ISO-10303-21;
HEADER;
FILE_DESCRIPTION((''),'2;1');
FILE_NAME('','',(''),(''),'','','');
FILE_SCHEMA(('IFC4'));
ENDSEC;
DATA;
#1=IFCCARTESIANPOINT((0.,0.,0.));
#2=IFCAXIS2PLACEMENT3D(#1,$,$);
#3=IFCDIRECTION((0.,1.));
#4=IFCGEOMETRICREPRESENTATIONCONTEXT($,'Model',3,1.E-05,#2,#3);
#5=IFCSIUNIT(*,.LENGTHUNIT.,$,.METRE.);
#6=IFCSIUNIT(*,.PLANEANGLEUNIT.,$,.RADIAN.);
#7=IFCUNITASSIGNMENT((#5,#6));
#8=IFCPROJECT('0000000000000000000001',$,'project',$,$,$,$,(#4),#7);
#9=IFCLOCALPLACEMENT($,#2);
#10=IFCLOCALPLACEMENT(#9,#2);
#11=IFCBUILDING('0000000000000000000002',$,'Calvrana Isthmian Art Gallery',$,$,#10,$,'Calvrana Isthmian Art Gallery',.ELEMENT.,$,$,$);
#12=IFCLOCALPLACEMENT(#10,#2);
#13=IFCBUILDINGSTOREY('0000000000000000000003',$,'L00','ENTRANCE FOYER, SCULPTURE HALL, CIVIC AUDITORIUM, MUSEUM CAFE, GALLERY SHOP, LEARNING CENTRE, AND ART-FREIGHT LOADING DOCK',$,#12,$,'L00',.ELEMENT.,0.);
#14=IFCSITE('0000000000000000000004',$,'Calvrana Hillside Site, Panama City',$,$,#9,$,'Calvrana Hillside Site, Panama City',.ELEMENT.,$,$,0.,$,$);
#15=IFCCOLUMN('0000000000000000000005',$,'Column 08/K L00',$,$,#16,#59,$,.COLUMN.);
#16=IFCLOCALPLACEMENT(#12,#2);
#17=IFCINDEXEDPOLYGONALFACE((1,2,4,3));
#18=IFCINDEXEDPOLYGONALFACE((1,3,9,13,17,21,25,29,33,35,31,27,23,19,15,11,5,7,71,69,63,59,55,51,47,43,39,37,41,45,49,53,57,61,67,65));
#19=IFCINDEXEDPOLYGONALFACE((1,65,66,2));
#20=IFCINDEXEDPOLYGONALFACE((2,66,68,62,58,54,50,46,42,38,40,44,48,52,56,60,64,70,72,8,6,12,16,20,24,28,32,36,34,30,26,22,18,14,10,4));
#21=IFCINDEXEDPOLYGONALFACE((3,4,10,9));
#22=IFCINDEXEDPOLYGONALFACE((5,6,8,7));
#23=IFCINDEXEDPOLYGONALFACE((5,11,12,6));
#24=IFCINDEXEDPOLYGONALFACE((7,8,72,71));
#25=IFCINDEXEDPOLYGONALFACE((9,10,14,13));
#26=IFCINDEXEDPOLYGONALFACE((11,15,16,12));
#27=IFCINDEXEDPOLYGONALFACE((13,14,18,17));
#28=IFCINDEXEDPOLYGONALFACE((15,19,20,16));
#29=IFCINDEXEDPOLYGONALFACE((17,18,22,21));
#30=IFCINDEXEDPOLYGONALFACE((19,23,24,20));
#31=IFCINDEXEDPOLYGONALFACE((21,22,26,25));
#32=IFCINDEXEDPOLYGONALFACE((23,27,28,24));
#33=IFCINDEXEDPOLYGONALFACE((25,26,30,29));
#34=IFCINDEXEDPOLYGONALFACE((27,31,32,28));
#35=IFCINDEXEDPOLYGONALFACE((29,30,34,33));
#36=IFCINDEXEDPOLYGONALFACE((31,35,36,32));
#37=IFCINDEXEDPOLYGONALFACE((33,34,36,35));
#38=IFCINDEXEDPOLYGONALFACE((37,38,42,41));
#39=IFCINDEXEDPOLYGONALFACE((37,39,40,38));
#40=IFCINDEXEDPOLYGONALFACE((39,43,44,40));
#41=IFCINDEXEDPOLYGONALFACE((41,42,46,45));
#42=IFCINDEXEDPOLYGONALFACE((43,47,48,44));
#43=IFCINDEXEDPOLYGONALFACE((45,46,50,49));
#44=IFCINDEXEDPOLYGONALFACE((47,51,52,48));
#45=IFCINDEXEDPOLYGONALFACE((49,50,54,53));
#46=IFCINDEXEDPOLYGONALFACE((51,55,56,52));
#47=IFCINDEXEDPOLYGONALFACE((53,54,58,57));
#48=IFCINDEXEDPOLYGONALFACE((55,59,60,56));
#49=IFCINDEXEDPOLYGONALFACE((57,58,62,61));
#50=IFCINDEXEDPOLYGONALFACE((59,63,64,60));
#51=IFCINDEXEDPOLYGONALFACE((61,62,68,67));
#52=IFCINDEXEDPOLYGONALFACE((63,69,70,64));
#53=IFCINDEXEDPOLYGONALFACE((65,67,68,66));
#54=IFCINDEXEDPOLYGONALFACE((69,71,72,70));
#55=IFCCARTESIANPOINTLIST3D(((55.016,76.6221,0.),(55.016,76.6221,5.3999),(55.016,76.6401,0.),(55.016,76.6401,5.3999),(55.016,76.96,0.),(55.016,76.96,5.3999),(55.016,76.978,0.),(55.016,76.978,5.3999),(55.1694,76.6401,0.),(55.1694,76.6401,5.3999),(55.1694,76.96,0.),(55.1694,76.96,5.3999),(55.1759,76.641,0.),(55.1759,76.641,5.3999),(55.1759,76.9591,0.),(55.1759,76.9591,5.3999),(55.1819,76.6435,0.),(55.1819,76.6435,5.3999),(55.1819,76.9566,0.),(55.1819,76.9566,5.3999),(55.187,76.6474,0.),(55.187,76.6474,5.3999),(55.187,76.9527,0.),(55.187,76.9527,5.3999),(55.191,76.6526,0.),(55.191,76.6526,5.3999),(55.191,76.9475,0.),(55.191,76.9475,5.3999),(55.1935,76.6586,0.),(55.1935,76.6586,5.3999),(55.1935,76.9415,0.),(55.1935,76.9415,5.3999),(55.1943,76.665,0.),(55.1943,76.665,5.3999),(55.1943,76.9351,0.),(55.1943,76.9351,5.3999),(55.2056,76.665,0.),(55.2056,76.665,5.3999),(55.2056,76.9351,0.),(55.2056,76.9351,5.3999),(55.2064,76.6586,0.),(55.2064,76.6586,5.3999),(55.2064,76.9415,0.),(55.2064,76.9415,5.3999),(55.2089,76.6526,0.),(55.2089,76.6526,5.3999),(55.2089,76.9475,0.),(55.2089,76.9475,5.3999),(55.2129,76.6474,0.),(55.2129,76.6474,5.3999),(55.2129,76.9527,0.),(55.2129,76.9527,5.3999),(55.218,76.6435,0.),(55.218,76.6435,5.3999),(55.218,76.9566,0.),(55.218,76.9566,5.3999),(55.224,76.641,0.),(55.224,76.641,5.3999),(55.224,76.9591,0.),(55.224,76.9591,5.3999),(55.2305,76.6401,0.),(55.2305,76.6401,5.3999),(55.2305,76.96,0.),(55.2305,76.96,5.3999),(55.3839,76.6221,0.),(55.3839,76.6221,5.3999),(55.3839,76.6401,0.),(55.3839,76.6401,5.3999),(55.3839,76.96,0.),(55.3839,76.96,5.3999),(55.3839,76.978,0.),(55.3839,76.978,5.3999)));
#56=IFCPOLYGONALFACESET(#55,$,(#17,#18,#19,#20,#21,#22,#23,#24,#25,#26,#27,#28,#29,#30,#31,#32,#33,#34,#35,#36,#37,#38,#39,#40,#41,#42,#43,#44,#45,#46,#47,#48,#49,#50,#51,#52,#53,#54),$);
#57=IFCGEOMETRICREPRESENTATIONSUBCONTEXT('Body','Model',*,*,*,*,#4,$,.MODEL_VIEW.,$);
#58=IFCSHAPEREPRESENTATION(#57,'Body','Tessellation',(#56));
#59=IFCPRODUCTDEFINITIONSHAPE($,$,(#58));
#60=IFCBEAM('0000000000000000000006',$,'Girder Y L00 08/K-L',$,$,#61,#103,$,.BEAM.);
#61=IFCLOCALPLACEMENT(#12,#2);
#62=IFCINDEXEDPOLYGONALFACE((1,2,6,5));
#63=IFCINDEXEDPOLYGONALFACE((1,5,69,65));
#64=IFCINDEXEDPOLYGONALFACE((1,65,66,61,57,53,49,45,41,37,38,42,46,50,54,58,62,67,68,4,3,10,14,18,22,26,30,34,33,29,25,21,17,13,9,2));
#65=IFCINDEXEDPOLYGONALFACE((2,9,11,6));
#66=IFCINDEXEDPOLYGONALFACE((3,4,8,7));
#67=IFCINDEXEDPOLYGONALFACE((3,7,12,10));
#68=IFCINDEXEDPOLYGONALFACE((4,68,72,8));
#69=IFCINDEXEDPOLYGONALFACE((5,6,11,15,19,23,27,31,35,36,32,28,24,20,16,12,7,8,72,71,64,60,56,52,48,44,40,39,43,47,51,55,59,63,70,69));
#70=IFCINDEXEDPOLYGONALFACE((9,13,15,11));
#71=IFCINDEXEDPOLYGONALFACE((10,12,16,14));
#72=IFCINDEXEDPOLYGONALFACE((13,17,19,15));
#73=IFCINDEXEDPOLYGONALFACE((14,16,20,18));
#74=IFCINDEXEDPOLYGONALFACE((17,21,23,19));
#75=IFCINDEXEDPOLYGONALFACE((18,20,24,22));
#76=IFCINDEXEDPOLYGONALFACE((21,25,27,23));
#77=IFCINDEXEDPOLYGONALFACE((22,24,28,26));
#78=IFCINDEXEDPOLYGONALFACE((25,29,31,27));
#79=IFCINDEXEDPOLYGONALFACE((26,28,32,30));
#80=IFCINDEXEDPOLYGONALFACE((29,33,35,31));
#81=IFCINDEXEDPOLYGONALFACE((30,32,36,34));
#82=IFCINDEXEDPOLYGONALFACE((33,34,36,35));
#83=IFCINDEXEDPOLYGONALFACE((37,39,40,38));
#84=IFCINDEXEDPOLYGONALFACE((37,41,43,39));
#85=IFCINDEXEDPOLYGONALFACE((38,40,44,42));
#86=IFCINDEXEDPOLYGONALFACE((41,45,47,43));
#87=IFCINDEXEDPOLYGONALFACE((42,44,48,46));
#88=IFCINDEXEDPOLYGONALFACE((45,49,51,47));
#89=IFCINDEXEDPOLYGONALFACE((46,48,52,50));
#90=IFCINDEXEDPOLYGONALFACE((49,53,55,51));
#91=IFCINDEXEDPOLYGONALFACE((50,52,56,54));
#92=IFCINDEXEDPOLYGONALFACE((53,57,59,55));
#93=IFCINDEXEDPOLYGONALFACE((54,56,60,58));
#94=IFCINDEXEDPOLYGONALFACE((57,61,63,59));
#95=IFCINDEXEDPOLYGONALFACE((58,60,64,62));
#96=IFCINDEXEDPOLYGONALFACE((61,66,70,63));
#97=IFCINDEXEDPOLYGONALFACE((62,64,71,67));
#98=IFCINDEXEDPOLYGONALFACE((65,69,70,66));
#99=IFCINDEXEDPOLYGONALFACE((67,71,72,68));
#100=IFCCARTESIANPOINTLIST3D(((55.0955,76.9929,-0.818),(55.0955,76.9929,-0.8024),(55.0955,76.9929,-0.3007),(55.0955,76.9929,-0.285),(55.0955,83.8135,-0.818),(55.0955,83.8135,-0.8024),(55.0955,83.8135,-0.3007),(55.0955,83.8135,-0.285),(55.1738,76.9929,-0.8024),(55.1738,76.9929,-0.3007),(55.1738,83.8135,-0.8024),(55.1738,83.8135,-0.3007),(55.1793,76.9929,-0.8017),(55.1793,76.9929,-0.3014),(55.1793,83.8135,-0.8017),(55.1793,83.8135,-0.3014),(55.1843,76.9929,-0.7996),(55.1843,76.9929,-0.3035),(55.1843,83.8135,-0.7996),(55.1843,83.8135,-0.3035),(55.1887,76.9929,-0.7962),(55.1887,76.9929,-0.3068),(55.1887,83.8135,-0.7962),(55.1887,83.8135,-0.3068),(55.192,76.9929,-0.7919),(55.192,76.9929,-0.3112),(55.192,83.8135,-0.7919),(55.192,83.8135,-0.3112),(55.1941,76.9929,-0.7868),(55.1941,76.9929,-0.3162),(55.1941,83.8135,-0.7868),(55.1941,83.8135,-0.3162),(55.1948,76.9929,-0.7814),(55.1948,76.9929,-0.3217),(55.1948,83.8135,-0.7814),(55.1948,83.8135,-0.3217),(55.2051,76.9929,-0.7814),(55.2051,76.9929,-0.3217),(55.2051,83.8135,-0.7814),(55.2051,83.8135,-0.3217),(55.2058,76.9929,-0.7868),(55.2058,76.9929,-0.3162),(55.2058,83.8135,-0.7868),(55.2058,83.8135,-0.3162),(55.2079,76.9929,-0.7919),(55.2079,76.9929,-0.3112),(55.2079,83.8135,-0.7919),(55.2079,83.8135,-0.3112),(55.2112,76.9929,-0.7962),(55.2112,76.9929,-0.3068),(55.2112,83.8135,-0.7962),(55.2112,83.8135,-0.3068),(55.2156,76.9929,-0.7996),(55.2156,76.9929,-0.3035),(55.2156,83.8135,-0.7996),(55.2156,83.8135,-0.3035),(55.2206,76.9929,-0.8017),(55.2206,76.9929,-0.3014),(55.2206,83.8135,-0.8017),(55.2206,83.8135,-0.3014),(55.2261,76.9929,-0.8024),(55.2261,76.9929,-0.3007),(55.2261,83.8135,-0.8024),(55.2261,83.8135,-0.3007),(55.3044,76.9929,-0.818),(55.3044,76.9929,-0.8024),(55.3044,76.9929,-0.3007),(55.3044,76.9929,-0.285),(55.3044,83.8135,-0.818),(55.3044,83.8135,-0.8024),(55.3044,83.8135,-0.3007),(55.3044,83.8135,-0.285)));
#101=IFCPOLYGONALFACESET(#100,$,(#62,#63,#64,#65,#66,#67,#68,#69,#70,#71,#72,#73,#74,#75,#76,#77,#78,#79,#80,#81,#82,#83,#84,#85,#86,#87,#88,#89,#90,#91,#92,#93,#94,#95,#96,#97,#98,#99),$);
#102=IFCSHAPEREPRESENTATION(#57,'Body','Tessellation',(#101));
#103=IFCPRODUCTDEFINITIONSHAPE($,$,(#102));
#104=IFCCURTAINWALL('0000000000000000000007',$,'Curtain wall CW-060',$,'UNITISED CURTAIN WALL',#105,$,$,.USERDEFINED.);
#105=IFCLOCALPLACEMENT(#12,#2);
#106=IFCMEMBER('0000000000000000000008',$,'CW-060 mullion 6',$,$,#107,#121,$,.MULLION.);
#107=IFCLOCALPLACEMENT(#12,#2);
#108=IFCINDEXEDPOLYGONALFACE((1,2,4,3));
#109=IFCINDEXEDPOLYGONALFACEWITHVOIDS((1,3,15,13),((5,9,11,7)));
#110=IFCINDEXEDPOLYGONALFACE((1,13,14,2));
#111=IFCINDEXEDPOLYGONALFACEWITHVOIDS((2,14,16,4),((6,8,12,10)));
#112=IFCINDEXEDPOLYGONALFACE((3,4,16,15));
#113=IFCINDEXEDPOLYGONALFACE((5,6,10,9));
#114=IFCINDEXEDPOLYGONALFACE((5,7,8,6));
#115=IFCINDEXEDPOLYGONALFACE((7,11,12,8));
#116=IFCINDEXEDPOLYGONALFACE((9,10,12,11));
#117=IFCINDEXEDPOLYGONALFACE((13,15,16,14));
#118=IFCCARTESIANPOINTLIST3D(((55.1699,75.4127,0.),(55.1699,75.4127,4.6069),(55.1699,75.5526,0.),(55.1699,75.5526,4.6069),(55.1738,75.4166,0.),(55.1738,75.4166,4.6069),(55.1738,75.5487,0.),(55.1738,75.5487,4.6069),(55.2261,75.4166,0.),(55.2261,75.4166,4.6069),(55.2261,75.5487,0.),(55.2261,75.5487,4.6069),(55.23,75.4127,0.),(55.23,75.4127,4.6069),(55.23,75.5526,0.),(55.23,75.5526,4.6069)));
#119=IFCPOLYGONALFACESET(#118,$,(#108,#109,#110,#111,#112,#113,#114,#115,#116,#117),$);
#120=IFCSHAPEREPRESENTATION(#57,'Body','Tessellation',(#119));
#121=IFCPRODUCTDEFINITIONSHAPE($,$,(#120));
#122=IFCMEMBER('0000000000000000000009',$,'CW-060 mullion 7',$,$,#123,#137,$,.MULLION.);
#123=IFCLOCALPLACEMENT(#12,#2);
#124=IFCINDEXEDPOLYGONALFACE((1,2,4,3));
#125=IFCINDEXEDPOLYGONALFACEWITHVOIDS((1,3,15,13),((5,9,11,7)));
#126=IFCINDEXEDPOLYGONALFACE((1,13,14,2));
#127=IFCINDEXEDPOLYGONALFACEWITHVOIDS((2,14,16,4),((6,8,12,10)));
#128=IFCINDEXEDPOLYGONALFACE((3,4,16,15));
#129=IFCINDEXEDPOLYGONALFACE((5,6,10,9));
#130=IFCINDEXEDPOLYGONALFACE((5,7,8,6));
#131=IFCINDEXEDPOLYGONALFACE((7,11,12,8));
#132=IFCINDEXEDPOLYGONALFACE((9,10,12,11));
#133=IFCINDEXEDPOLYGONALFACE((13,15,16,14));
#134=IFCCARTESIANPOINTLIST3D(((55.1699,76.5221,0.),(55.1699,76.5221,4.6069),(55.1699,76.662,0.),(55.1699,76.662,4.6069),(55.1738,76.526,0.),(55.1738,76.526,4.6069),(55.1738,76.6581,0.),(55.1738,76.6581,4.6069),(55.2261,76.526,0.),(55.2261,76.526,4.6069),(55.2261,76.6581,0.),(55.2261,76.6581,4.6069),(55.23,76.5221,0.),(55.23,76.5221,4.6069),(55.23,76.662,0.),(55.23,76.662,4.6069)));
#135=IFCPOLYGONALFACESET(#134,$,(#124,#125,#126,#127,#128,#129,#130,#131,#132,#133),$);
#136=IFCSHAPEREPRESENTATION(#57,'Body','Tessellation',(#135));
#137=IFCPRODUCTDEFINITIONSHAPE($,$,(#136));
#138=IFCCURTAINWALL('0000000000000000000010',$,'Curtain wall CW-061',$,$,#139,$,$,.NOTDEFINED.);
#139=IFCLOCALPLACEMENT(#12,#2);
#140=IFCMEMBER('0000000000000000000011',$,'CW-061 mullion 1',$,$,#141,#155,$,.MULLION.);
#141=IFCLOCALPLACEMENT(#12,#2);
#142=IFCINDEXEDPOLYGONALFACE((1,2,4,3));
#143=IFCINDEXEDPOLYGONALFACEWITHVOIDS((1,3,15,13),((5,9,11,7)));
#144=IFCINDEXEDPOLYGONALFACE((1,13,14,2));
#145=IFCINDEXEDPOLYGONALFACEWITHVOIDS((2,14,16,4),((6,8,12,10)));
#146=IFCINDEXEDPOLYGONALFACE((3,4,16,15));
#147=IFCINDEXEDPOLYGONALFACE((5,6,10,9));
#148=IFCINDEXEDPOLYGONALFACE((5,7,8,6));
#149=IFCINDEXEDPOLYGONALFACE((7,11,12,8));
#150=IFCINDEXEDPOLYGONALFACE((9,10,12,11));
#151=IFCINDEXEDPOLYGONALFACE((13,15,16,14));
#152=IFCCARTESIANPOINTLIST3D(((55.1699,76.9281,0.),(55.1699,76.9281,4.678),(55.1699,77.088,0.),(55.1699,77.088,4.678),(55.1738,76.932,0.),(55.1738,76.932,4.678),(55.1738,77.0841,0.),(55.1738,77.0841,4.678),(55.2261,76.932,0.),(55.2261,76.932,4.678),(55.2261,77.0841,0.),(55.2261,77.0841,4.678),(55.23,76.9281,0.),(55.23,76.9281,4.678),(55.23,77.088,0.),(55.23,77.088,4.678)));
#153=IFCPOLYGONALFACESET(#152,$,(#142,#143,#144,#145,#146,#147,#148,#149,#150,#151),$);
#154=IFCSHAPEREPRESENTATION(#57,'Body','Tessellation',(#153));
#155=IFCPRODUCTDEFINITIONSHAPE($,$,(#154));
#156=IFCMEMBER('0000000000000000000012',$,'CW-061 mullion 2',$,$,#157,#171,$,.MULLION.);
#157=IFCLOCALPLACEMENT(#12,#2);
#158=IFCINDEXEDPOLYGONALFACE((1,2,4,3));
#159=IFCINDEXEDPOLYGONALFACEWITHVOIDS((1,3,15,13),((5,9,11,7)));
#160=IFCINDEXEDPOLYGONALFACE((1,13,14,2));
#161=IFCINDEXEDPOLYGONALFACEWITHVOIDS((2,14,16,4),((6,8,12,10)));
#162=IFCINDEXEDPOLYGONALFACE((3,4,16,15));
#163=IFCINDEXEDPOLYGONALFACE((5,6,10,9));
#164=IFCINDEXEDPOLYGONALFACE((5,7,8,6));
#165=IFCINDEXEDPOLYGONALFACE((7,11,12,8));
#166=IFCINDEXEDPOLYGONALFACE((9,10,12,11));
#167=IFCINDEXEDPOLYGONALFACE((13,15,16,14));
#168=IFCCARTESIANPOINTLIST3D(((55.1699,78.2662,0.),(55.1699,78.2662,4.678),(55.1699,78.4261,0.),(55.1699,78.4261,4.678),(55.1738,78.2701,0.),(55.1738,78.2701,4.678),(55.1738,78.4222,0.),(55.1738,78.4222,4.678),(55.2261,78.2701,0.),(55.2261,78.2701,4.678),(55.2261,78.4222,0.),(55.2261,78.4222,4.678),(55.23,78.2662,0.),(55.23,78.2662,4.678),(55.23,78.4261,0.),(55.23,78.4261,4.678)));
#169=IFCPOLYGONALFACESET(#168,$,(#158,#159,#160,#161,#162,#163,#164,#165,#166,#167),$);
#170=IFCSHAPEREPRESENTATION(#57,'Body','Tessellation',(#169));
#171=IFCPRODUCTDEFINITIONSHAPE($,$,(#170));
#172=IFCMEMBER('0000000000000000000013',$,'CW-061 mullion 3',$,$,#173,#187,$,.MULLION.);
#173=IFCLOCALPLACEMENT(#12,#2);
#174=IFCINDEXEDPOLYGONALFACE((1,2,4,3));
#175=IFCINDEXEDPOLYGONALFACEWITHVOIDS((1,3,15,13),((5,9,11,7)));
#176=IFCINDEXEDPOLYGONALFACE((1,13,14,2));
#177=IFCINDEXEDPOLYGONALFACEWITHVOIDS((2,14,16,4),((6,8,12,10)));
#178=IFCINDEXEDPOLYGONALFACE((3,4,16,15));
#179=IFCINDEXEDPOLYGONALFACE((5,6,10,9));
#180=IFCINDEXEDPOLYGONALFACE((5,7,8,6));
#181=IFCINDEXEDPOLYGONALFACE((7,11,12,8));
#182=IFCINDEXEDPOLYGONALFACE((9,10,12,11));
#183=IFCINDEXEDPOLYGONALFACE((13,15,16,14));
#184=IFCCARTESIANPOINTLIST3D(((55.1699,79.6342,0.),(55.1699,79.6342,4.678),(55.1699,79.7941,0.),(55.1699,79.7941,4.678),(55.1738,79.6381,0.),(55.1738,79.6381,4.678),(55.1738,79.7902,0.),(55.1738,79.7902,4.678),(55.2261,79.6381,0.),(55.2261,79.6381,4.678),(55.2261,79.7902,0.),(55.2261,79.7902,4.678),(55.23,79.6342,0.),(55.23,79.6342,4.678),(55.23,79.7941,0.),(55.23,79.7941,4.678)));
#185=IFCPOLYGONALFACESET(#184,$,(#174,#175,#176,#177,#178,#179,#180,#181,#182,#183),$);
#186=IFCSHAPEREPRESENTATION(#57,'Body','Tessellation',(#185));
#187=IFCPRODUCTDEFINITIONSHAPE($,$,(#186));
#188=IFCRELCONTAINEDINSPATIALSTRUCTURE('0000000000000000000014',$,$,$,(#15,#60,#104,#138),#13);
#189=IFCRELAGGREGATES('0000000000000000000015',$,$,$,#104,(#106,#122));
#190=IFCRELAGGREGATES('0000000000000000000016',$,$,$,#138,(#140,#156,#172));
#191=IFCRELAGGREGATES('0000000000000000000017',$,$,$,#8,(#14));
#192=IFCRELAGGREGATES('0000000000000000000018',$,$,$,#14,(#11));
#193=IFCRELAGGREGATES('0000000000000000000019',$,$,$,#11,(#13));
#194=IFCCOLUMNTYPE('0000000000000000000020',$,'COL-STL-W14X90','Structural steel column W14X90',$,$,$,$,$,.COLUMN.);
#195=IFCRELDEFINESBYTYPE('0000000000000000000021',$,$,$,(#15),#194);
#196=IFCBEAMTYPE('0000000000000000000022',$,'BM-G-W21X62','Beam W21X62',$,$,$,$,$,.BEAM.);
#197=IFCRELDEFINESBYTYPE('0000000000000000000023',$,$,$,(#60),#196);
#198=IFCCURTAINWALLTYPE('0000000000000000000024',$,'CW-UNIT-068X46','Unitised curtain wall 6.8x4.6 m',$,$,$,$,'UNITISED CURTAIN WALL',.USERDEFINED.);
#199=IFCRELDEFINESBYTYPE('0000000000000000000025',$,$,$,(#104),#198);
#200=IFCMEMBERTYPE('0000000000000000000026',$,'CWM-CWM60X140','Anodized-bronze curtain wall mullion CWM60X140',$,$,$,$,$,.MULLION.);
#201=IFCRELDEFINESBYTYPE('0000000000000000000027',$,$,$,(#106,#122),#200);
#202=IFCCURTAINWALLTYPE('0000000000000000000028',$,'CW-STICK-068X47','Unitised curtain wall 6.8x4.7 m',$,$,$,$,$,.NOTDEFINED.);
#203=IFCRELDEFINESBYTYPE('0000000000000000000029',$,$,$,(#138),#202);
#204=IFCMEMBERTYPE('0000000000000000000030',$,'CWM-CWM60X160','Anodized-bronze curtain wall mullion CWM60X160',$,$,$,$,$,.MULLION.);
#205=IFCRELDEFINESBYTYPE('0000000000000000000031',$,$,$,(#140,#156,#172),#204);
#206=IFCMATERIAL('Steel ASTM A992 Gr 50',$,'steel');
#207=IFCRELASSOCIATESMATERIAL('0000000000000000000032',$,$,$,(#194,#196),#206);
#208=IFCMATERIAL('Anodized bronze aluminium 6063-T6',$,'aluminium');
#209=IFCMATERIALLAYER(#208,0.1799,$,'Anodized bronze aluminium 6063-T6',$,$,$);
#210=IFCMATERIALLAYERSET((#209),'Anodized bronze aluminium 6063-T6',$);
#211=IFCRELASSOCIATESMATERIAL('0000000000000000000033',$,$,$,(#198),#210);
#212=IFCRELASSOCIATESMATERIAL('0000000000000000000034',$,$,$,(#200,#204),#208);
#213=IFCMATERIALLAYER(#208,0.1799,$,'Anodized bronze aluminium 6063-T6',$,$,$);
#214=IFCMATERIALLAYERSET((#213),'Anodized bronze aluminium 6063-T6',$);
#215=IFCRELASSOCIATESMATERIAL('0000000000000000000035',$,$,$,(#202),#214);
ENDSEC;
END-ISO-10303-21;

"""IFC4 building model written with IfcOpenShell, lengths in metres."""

from ifc_helpers import new_model, si_unit, direction, frame, origin, origin_2d, place, context, subcontext, project, spatial, hollow_rectangle, i_section, extrude, material, layer, layer_set, material_profile, profile_set, type_object, element, aggregate, save


model = new_model("IFC4")

# Units and contexts
model_context = context("Model", 3, precision=1e-05, world=origin(), true_north=direction((0.0, 1.0)))
body_context = subcontext(model_context, "Body", "Model", "MODEL_VIEW")
ifc_project = project(units=[si_unit("LENGTHUNIT", "METRE"), si_unit("PLANEANGLEUNIT", "RADIAN")], contexts=[model_context])

# Site, building, storey
site_placement = place(None, origin())
site = spatial("IfcSite", under=ifc_project, at=site_placement, Name="Calvrana Hillside Site, Panama City", LongName="Calvrana Hillside Site, Panama City", CompositionType="ELEMENT", RefElevation=0.0)
building_placement = place(site_placement, origin())
building = spatial("IfcBuilding", under=site, at=building_placement, Name="Calvrana Isthmian Art Gallery", LongName="Calvrana Isthmian Art Gallery", CompositionType="ELEMENT")
storey_placement = place(building_placement, origin())
storey = spatial("IfcBuildingStorey", under=building, at=storey_placement, Name="L00", Description="ENTRANCE FOYER, SCULPTURE HALL, CIVIC AUDITORIUM, MUSEUM CAFE, GALLERY SHOP, LEARNING CENTRE, AND ART-FREIGHT LOADING DOCK", LongName="L00", CompositionType="ELEMENT", Elevation=0.0)

# Column
ifc_material_1 = material(Name="Steel ASTM A992 Gr 50", Category="steel")
ifc_material_profile_1 = material_profile(ifc_material_1, i_section(OverallWidth=0.3679, OverallDepth=0.356, WebThickness=0.0112, FlangeThickness=0.0181, FilletRadius=0.0249, at=origin_2d()), Name="W14X90")
ifc_profile_set_1 = profile_set([ifc_material_profile_1], Name="Steel ASTM A992 Gr 50")
column_type = type_object("IfcColumnType", Name="COL-STL-W14X90", Description="Structural steel column W14X90", PredefinedType="COLUMN", material=ifc_profile_set_1)
column_placement = place(storey_placement, frame((55.2, 76.8, 0.0), z_axis=(0.0, 0.0, 1.0), x_axis=(1.0, 0.0, 0.0)))
element("IfcColumn", 1, at=column_placement, inside=storey, type_object=column_type, Name="Column 08/K L00", PredefinedType="COLUMN", context=body_context, shape_type="SweptSolid", body=[
    extrude(i_section(OverallWidth=0.3679, OverallDepth=0.356, WebThickness=0.0112, FlangeThickness=0.0181, FilletRadius=0.0249, at=origin_2d()), origin(), (0.0, 0.0, 1.0), 5.3999),
])

# Beam
ifc_material_profile_2 = material_profile(ifc_material_1, i_section(OverallWidth=0.209, OverallDepth=0.533, WebThickness=0.0103, FlangeThickness=0.0156, FilletRadius=0.021, at=origin_2d()), Name="W21X62")
ifc_profile_set_2 = profile_set([ifc_material_profile_2], Name="Steel ASTM A992 Gr 50")
beam_type = type_object("IfcBeamType", Name="BM-G-W21X62", Description="Beam W21X62", PredefinedType="BEAM", material=ifc_profile_set_2)
beam_placement = place(storey_placement, frame((55.2, 76.9929, -0.5515), z_axis=(0.0, 1.0, 0.0), x_axis=(-1.0, 0.0, 0.0)))
element("IfcBeam", 2, at=beam_placement, inside=storey, type_object=beam_type, Name="Girder Y L00 08/K-L", PredefinedType="BEAM", context=body_context, shape_type="SweptSolid", body=[
    extrude(i_section(OverallWidth=0.209, OverallDepth=0.533, WebThickness=0.0103, FlangeThickness=0.0156, FilletRadius=0.021, at=origin_2d()), origin(), (0.0, 0.0, 1.0), 6.8206),
])

# Curtain walls, members
ifc_material_2 = material(Name="Anodized bronze aluminium 6063-T6", Category="aluminium")
ifc_layer_1 = layer(ifc_material_2, 0.1799, Name="Anodized bronze aluminium 6063-T6")
ifc_layer_set_1 = layer_set([ifc_layer_1], Name="Anodized bronze aluminium 6063-T6")
curtain_wall_type_1 = type_object("IfcCurtainWallType", Name="CW-UNIT-068X46", Description="Unitised curtain wall 6.8x4.6 m", ElementType="UNITISED CURTAIN WALL", PredefinedType="USERDEFINED", material=ifc_layer_set_1)
curtain_wall_1_placement = place(storey_placement, origin())
curtain_wall_1 = element("IfcCurtainWall", 3, at=curtain_wall_1_placement, inside=storey, type_object=curtain_wall_type_1, Name="Curtain wall CW-060", ObjectType="UNITISED CURTAIN WALL", PredefinedType="USERDEFINED")
ifc_material_profile_3 = material_profile(ifc_material_2, hollow_rectangle(XDim=0.0601, YDim=0.1399, WallThickness=0.0039, at=origin_2d()), Name="CWM60X140")
ifc_profile_set_3 = profile_set([ifc_material_profile_3], Name="Anodized bronze aluminium 6063-T6")
member_type_1 = type_object("IfcMemberType", Name="CWM-CWM60X140", Description="Anodized-bronze curtain wall mullion CWM60X140", PredefinedType="MULLION", material=ifc_profile_set_3)
member_1_placement = place(storey_placement, frame((55.2, 75.4827, 0.0), z_axis=(0.0, 0.0, 1.0), x_axis=(-1.0, 0.0, 0.0)))
member_1 = element("IfcMember", 4, at=member_1_placement, type_object=member_type_1, Name="CW-060 mullion 6", PredefinedType="MULLION", context=body_context, shape_type="SweptSolid", body=[
    extrude(hollow_rectangle(XDim=0.0601, YDim=0.1399, WallThickness=0.0039, at=origin_2d()), origin(), (0.0, 0.0, 1.0), 4.6069),
])
member_2_placement = place(storey_placement, frame((55.2, 76.592, 0.0), z_axis=(0.0, 0.0, 1.0), x_axis=(-1.0, 0.0, 0.0)))
member_2 = element("IfcMember", 5, at=member_2_placement, type_object=member_type_1, Name="CW-060 mullion 7", PredefinedType="MULLION", context=body_context, shape_type="SweptSolid", body=[
    extrude(hollow_rectangle(XDim=0.0601, YDim=0.1399, WallThickness=0.0039, at=origin_2d()), origin(), (0.0, 0.0, 1.0), 4.6069),
])
ifc_layer_2 = layer(ifc_material_2, 0.1799, Name="Anodized bronze aluminium 6063-T6")
ifc_layer_set_2 = layer_set([ifc_layer_2], Name="Anodized bronze aluminium 6063-T6")
curtain_wall_type_2 = type_object("IfcCurtainWallType", Name="CW-STICK-068X47", Description="Unitised curtain wall 6.8x4.7 m", PredefinedType="NOTDEFINED", material=ifc_layer_set_2)
curtain_wall_2_placement = place(storey_placement, origin())
curtain_wall_2 = element("IfcCurtainWall", 6, at=curtain_wall_2_placement, inside=storey, type_object=curtain_wall_type_2, Name="Curtain wall CW-061", PredefinedType="NOTDEFINED")
ifc_material_profile_4 = material_profile(ifc_material_2, hollow_rectangle(XDim=0.0601, YDim=0.1599, WallThickness=0.0039, at=origin_2d()), Name="CWM60X160")
ifc_profile_set_4 = profile_set([ifc_material_profile_4], Name="Anodized bronze aluminium 6063-T6")
member_type_2 = type_object("IfcMemberType", Name="CWM-CWM60X160", Description="Anodized-bronze curtain wall mullion CWM60X160", PredefinedType="MULLION", material=ifc_profile_set_4)
member_3_placement = place(storey_placement, frame((55.2, 77.0081, 0.0), z_axis=(0.0, 0.0, 1.0), x_axis=(-1.0, 0.0, 0.0)))
member_3 = element("IfcMember", 7, at=member_3_placement, type_object=member_type_2, Name="CW-061 mullion 1", PredefinedType="MULLION", context=body_context, shape_type="SweptSolid", body=[
    extrude(hollow_rectangle(XDim=0.0601, YDim=0.1599, WallThickness=0.0039, at=origin_2d()), origin(), (0.0, 0.0, 1.0), 4.678),
])
member_4_placement = place(storey_placement, frame((55.2, 78.3462, 0.0), z_axis=(0.0, 0.0, 1.0), x_axis=(-1.0, 0.0, 0.0)))
member_4 = element("IfcMember", 8, at=member_4_placement, type_object=member_type_2, Name="CW-061 mullion 2", PredefinedType="MULLION", context=body_context, shape_type="SweptSolid", body=[
    extrude(hollow_rectangle(XDim=0.0601, YDim=0.1599, WallThickness=0.0039, at=origin_2d()), origin(), (0.0, 0.0, 1.0), 4.678),
])
member_5_placement = place(storey_placement, frame((55.2, 79.7141, 0.0), z_axis=(0.0, 0.0, 1.0), x_axis=(-1.0, 0.0, 0.0)))
member_5 = element("IfcMember", 9, at=member_5_placement, type_object=member_type_2, Name="CW-061 mullion 3", PredefinedType="MULLION", context=body_context, shape_type="SweptSolid", body=[
    extrude(hollow_rectangle(XDim=0.0601, YDim=0.1599, WallThickness=0.0039, at=origin_2d()), origin(), (0.0, 0.0, 1.0), 4.678),
])

aggregate(curtain_wall_1, [member_1, member_2])
aggregate(curtain_wall_2, [member_3, member_4, member_5])

save(model, "model.ifc")
